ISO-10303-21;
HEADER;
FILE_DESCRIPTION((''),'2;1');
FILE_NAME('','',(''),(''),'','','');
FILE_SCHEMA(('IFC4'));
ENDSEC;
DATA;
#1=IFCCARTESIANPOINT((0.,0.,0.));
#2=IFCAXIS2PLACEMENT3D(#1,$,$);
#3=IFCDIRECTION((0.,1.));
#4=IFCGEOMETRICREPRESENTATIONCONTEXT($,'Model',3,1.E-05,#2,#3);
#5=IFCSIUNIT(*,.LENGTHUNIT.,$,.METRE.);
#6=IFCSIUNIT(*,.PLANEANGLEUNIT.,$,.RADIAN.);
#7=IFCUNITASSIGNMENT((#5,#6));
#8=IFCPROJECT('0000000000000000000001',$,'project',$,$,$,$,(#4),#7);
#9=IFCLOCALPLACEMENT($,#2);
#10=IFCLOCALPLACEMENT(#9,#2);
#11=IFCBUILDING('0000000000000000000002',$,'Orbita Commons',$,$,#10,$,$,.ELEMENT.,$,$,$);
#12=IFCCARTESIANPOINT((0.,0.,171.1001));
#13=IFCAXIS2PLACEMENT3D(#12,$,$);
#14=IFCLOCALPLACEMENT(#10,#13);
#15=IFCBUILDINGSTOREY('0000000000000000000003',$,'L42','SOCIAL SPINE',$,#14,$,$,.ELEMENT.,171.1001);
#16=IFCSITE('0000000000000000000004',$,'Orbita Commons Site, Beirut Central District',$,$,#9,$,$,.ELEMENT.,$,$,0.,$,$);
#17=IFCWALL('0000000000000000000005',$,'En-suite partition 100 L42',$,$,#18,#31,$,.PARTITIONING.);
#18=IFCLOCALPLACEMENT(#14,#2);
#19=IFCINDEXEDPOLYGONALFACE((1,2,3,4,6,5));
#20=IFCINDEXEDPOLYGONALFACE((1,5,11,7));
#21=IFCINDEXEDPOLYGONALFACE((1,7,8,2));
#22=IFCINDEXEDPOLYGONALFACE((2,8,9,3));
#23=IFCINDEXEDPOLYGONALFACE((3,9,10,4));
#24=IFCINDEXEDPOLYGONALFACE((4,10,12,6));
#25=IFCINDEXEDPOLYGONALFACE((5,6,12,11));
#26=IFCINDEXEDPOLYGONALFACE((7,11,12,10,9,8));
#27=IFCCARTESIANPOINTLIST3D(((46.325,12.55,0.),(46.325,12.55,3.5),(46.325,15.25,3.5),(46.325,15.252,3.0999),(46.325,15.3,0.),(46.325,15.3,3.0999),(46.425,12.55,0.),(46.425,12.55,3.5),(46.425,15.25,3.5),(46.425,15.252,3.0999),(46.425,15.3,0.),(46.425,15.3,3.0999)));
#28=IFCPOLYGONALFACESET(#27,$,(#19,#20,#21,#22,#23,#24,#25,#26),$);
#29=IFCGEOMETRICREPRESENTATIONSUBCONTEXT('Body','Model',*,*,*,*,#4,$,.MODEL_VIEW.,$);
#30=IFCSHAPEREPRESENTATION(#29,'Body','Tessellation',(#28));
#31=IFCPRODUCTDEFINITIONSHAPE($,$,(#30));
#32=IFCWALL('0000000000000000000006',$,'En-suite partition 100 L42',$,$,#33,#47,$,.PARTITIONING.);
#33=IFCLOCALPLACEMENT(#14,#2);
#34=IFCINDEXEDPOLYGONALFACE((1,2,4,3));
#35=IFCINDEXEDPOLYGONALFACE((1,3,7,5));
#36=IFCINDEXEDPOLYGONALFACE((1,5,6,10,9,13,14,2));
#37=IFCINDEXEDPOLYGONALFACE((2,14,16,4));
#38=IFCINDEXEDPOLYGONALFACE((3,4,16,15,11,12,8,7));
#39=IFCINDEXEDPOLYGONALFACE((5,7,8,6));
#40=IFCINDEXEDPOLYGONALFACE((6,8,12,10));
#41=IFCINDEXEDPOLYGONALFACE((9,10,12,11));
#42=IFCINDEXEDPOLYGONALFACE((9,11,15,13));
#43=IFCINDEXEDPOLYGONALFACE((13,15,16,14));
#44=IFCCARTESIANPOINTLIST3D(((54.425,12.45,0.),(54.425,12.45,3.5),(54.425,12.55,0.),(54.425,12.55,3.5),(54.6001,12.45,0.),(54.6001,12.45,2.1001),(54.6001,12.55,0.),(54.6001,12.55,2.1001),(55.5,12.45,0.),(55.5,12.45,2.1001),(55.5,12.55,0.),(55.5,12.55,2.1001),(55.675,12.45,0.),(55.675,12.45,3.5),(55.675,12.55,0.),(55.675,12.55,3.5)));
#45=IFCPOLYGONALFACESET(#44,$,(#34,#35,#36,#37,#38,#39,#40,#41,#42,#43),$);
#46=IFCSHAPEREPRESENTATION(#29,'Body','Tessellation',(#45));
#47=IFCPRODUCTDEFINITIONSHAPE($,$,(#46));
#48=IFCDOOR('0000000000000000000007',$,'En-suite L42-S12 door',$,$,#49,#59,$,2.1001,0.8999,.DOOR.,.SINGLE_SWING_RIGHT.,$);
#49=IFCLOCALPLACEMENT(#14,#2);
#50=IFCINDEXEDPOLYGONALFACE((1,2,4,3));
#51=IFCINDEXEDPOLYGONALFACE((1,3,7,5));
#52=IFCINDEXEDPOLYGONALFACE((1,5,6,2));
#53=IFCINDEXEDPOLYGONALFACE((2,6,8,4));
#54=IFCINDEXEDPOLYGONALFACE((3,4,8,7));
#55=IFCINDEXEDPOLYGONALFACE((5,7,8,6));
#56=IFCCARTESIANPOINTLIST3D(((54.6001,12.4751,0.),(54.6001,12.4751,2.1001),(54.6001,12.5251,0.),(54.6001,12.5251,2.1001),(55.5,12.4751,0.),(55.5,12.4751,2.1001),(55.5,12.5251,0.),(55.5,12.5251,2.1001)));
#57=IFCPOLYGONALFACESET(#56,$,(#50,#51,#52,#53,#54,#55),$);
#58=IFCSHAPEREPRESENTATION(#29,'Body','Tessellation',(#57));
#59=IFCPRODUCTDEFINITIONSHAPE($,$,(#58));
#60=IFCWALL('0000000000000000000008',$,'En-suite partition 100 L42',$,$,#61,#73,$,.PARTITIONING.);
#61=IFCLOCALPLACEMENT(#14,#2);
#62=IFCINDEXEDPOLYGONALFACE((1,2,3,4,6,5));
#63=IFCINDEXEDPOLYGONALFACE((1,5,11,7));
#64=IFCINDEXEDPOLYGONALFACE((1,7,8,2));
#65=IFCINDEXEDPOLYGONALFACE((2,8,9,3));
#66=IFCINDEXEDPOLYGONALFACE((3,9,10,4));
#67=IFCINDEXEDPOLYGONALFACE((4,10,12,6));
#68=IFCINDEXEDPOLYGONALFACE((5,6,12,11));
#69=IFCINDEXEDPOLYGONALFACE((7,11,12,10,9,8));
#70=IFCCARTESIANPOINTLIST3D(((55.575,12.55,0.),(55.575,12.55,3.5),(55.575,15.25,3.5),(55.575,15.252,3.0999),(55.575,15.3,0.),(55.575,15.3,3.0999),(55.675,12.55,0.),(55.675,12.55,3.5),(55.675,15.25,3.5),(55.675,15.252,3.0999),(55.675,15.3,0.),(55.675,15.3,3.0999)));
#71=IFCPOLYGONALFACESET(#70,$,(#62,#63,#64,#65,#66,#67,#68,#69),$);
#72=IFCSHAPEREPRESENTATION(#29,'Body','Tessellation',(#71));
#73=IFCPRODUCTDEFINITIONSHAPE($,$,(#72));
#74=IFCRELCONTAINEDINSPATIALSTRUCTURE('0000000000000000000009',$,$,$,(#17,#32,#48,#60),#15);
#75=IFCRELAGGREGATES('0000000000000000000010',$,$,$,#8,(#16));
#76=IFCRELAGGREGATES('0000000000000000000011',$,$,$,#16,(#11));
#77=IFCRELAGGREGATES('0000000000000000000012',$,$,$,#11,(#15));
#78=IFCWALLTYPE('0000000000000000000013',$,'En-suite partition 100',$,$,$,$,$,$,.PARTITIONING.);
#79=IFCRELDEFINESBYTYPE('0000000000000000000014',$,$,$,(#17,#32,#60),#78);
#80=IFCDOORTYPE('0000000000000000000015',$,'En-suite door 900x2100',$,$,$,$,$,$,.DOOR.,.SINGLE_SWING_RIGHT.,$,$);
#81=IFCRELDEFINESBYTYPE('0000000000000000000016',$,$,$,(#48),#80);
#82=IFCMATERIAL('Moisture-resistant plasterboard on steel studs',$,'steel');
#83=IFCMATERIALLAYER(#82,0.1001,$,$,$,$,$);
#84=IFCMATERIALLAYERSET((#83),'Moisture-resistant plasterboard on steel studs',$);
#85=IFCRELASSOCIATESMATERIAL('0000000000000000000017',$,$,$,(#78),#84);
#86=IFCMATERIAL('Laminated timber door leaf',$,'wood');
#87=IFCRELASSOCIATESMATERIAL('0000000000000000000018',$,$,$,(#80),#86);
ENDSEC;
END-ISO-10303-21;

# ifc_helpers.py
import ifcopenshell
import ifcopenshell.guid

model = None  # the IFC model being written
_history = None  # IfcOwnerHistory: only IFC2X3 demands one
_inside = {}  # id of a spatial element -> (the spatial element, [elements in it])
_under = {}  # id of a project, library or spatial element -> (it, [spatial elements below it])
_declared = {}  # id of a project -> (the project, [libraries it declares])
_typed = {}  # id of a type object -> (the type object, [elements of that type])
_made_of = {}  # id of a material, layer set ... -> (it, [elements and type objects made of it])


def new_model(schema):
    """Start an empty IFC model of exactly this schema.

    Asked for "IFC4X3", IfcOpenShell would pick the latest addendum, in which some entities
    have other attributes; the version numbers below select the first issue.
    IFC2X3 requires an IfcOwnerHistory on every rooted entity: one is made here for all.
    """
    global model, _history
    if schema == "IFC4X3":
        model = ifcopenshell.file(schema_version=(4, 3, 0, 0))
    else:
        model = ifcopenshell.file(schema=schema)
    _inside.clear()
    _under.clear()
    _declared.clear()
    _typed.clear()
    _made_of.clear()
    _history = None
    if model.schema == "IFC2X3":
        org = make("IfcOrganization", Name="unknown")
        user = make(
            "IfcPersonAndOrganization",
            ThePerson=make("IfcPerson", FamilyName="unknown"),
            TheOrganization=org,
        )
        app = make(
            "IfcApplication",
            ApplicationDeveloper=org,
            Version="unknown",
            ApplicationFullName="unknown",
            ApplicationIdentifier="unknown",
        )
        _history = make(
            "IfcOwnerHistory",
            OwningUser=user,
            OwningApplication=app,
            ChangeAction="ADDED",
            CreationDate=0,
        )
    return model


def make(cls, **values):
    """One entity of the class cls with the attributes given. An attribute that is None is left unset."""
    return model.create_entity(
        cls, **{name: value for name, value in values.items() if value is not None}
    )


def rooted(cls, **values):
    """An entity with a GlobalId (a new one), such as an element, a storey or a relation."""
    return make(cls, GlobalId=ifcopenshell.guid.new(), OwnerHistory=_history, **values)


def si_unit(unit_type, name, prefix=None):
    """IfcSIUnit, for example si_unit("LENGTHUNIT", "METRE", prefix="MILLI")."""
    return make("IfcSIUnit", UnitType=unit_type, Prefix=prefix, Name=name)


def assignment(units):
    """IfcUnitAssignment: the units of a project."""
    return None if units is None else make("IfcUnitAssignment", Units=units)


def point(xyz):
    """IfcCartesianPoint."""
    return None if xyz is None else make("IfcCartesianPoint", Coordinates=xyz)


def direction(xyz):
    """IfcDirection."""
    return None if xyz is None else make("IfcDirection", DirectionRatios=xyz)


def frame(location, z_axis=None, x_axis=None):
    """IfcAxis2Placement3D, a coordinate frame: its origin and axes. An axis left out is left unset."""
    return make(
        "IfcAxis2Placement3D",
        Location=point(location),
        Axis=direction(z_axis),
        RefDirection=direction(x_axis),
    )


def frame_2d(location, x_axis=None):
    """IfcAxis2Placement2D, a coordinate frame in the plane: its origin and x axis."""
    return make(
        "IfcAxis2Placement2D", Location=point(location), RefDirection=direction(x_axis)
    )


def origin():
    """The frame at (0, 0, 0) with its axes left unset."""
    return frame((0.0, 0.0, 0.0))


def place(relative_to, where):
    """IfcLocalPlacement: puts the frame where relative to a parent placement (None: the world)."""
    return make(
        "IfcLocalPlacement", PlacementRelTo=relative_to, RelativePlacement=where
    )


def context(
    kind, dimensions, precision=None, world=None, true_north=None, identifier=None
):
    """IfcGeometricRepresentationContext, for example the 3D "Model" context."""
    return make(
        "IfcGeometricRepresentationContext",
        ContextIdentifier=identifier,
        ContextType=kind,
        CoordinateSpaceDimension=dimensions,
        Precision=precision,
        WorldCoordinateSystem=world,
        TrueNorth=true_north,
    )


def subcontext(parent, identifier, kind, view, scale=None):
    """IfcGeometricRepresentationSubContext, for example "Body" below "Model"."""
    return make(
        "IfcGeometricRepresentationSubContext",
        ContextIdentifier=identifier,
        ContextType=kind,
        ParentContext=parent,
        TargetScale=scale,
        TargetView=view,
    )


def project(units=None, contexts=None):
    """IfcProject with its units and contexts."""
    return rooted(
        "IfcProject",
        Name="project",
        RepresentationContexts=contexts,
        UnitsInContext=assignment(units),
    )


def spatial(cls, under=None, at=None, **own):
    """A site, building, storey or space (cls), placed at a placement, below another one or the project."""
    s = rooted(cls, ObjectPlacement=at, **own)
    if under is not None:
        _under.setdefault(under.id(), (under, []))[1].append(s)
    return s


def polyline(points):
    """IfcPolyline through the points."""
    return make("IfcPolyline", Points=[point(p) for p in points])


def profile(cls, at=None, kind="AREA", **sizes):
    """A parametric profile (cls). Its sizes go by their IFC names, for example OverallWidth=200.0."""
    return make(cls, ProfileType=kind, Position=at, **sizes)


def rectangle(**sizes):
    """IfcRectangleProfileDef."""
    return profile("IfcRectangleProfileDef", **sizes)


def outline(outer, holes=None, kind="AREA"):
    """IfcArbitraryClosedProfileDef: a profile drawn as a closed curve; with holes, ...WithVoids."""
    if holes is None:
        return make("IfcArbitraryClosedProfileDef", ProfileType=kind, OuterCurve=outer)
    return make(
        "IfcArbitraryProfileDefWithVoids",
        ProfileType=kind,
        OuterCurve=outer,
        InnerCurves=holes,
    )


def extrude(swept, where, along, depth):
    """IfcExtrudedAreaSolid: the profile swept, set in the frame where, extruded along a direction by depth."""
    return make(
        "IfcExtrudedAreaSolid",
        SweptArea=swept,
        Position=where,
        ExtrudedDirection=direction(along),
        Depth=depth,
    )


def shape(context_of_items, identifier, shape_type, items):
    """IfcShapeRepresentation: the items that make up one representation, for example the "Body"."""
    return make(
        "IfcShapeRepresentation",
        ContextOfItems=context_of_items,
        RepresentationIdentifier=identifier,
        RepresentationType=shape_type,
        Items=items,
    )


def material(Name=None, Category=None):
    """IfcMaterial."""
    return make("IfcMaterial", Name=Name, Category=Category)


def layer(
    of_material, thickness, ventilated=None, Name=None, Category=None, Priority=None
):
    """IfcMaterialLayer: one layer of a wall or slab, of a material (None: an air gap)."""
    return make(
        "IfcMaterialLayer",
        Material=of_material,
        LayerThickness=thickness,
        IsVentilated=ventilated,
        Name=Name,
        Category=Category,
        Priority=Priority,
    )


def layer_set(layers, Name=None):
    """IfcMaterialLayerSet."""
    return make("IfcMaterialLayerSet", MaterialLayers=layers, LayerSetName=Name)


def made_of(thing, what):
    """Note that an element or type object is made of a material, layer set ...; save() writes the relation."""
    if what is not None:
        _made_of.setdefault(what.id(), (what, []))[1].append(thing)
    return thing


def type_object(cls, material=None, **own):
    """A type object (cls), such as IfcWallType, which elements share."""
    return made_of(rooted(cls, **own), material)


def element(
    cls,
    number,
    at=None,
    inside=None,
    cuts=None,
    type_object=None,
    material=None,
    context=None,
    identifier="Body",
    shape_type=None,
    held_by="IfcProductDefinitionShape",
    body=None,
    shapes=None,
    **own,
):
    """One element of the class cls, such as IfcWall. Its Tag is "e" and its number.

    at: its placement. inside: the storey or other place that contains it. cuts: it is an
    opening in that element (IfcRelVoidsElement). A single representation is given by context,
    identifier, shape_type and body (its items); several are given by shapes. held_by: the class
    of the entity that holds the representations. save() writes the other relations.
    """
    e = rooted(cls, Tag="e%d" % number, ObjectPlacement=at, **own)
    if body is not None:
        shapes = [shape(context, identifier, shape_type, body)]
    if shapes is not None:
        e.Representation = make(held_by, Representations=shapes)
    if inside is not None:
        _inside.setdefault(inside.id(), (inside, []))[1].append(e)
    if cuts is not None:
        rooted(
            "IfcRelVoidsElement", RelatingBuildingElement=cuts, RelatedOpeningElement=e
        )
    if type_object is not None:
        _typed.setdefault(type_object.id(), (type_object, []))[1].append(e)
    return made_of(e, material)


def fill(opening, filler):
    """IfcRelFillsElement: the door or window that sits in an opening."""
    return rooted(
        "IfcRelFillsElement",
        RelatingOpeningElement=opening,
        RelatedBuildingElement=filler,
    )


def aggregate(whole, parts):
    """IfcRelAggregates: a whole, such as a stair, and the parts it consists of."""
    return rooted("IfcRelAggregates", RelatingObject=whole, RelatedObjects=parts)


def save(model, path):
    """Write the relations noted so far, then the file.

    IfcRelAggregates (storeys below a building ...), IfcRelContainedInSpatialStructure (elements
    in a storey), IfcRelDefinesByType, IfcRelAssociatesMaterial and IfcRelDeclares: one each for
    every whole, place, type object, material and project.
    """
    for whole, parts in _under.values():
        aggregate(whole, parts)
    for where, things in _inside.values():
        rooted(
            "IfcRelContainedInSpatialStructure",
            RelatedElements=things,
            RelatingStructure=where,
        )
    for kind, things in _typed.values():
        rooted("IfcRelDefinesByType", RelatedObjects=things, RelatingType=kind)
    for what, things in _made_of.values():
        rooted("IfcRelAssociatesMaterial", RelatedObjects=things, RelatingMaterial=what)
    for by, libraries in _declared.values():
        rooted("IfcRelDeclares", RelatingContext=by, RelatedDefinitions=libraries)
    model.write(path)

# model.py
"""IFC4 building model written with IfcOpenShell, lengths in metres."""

from ifc_helpers import new_model, si_unit, direction, frame, frame_2d, origin, place, context, subcontext, project, spatial, polyline, rectangle, outline, extrude, material, layer, layer_set, type_object, element, fill, save


model = new_model("IFC4")

# Units and contexts
model_context = context("Model", 3, precision=1e-05, world=origin(), true_north=direction((0.0, 1.0)))
body_context = subcontext(model_context, "Body", "Model", "MODEL_VIEW")
ifc_project = project(units=[si_unit("LENGTHUNIT", "METRE"), si_unit("PLANEANGLEUNIT", "RADIAN")], contexts=[model_context])

# Site, building, storey
site_placement = place(None, origin())
site = spatial("IfcSite", under=ifc_project, at=site_placement, Name="Orbita Commons Site, Beirut Central District", CompositionType="ELEMENT", RefElevation=0.0)
building_placement = place(site_placement, origin())
building = spatial("IfcBuilding", under=site, at=building_placement, Name="Orbita Commons", CompositionType="ELEMENT")
storey_placement = place(building_placement, frame((0.0, 0.0, 171.1001)))
storey = spatial("IfcBuildingStorey", under=building, at=storey_placement, Name="L42", Description="SOCIAL SPINE", CompositionType="ELEMENT", Elevation=171.1001)

# Shared definitions
ifc_material_1 = material(Name="Moisture-resistant plasterboard on steel studs", Category="steel")
ifc_layer = layer(ifc_material_1, 0.1001)
ifc_layer_set = layer_set([ifc_layer], Name="Moisture-resistant plasterboard on steel studs")
wall_type = type_object("IfcWallType", Name="En-suite partition 100", PredefinedType="PARTITIONING", material=ifc_layer_set)
ifc_material_2 = material(Name="Laminated timber door leaf", Category="wood")
door_type = type_object("IfcDoorType", Name="En-suite door 900x2100", OperationType="SINGLE_SWING_RIGHT", PredefinedType="DOOR", material=ifc_material_2)

# Wall
wall_1_placement = place(storey_placement, frame((46.375, 12.55, 0.0), z_axis=(0.0, 0.0, 1.0), x_axis=(0.0, 1.0, 0.0)))
element("IfcWall", 1, at=wall_1_placement, inside=storey, type_object=wall_type, Name="En-suite partition 100 L42", PredefinedType="PARTITIONING", context=body_context, shape_type="SweptSolid", body=[
    extrude(outline(polyline([(0.0, 0.0), (2.75, 0.0), (2.75, 3.0999), (2.7019, 3.0999), (2.7, 3.5), (0.0, 3.5), (0.0, 0.0)])), frame((0.0, 0.05, 0.0), z_axis=(0.0, -1.0, 0.0), x_axis=(1.0, 0.0, 0.0)), (0.0, 0.0, 1.0), 0.1001),
])

# Wall, opening, door
wall_2_placement = place(storey_placement, frame((55.675, 12.5, 0.0), z_axis=(0.0, 0.0, 1.0), x_axis=(-1.0, 0.0, 0.0)))
wall_2 = element("IfcWall", 2, at=wall_2_placement, inside=storey, type_object=wall_type, Name="En-suite partition 100 L42", PredefinedType="PARTITIONING", context=body_context, shape_type="SweptSolid", body=[
    extrude(rectangle(XDim=1.25, YDim=0.1001, at=frame_2d((0.625, 0.0))), origin(), (0.0, 0.0, 1.0), 3.5),
])
opening_1_placement = place(wall_2_placement, frame((0.175, 0.0, 0.0)))
opening_1 = element("IfcOpeningElement", 3, at=opening_1_placement, cuts=wall_2, PredefinedType="OPENING", context=body_context, shape_type="SweptSolid", body=[
    extrude(rectangle(XDim=0.8999, YDim=2.1001, at=frame_2d((0.45, 1.05))), frame((0.0, 0.0601, 0.0), z_axis=(0.0, -1.0, 0.0), x_axis=(1.0, 0.0, 0.0)), (0.0, 0.0, 1.0), 0.1201),
])
door_1_placement = place(opening_1_placement, origin())
door_1 = element("IfcDoor", 4, at=door_1_placement, inside=storey, type_object=door_type, Name="En-suite L42-S12 door", OperationType="SINGLE_SWING_RIGHT", OverallHeight=2.1001, OverallWidth=0.8999, PredefinedType="DOOR", context=body_context, shape_type="SweptSolid", body=[
    extrude(rectangle(XDim=0.8999, YDim=2.1001, at=frame_2d((0.45, 1.05))), frame((0.0, 0.0249, 0.0), z_axis=(0.0, -1.0, 0.0), x_axis=(1.0, 0.0, 0.0)), (0.0, 0.0, 1.0), 0.05),
])
fill(opening_1, door_1)

# Wall
wall_3_placement = place(storey_placement, frame((55.625, 12.55, 0.0), z_axis=(0.0, 0.0, 1.0), x_axis=(0.0, 1.0, 0.0)))
element("IfcWall", 5, at=wall_3_placement, inside=storey, type_object=wall_type, Name="En-suite partition 100 L42", PredefinedType="PARTITIONING", context=body_context, shape_type="SweptSolid", body=[
    extrude(outline(polyline([(0.0, 0.0), (2.75, 0.0), (2.75, 3.0999), (2.7019, 3.0999), (2.7, 3.5), (0.0, 3.5), (0.0, 0.0)])), frame((0.0, 0.05, 0.0), z_axis=(0.0, -1.0, 0.0), x_axis=(1.0, 0.0, 0.0)), (0.0, 0.0, 1.0), 0.1001),
])

save(model, "model.ifc")
